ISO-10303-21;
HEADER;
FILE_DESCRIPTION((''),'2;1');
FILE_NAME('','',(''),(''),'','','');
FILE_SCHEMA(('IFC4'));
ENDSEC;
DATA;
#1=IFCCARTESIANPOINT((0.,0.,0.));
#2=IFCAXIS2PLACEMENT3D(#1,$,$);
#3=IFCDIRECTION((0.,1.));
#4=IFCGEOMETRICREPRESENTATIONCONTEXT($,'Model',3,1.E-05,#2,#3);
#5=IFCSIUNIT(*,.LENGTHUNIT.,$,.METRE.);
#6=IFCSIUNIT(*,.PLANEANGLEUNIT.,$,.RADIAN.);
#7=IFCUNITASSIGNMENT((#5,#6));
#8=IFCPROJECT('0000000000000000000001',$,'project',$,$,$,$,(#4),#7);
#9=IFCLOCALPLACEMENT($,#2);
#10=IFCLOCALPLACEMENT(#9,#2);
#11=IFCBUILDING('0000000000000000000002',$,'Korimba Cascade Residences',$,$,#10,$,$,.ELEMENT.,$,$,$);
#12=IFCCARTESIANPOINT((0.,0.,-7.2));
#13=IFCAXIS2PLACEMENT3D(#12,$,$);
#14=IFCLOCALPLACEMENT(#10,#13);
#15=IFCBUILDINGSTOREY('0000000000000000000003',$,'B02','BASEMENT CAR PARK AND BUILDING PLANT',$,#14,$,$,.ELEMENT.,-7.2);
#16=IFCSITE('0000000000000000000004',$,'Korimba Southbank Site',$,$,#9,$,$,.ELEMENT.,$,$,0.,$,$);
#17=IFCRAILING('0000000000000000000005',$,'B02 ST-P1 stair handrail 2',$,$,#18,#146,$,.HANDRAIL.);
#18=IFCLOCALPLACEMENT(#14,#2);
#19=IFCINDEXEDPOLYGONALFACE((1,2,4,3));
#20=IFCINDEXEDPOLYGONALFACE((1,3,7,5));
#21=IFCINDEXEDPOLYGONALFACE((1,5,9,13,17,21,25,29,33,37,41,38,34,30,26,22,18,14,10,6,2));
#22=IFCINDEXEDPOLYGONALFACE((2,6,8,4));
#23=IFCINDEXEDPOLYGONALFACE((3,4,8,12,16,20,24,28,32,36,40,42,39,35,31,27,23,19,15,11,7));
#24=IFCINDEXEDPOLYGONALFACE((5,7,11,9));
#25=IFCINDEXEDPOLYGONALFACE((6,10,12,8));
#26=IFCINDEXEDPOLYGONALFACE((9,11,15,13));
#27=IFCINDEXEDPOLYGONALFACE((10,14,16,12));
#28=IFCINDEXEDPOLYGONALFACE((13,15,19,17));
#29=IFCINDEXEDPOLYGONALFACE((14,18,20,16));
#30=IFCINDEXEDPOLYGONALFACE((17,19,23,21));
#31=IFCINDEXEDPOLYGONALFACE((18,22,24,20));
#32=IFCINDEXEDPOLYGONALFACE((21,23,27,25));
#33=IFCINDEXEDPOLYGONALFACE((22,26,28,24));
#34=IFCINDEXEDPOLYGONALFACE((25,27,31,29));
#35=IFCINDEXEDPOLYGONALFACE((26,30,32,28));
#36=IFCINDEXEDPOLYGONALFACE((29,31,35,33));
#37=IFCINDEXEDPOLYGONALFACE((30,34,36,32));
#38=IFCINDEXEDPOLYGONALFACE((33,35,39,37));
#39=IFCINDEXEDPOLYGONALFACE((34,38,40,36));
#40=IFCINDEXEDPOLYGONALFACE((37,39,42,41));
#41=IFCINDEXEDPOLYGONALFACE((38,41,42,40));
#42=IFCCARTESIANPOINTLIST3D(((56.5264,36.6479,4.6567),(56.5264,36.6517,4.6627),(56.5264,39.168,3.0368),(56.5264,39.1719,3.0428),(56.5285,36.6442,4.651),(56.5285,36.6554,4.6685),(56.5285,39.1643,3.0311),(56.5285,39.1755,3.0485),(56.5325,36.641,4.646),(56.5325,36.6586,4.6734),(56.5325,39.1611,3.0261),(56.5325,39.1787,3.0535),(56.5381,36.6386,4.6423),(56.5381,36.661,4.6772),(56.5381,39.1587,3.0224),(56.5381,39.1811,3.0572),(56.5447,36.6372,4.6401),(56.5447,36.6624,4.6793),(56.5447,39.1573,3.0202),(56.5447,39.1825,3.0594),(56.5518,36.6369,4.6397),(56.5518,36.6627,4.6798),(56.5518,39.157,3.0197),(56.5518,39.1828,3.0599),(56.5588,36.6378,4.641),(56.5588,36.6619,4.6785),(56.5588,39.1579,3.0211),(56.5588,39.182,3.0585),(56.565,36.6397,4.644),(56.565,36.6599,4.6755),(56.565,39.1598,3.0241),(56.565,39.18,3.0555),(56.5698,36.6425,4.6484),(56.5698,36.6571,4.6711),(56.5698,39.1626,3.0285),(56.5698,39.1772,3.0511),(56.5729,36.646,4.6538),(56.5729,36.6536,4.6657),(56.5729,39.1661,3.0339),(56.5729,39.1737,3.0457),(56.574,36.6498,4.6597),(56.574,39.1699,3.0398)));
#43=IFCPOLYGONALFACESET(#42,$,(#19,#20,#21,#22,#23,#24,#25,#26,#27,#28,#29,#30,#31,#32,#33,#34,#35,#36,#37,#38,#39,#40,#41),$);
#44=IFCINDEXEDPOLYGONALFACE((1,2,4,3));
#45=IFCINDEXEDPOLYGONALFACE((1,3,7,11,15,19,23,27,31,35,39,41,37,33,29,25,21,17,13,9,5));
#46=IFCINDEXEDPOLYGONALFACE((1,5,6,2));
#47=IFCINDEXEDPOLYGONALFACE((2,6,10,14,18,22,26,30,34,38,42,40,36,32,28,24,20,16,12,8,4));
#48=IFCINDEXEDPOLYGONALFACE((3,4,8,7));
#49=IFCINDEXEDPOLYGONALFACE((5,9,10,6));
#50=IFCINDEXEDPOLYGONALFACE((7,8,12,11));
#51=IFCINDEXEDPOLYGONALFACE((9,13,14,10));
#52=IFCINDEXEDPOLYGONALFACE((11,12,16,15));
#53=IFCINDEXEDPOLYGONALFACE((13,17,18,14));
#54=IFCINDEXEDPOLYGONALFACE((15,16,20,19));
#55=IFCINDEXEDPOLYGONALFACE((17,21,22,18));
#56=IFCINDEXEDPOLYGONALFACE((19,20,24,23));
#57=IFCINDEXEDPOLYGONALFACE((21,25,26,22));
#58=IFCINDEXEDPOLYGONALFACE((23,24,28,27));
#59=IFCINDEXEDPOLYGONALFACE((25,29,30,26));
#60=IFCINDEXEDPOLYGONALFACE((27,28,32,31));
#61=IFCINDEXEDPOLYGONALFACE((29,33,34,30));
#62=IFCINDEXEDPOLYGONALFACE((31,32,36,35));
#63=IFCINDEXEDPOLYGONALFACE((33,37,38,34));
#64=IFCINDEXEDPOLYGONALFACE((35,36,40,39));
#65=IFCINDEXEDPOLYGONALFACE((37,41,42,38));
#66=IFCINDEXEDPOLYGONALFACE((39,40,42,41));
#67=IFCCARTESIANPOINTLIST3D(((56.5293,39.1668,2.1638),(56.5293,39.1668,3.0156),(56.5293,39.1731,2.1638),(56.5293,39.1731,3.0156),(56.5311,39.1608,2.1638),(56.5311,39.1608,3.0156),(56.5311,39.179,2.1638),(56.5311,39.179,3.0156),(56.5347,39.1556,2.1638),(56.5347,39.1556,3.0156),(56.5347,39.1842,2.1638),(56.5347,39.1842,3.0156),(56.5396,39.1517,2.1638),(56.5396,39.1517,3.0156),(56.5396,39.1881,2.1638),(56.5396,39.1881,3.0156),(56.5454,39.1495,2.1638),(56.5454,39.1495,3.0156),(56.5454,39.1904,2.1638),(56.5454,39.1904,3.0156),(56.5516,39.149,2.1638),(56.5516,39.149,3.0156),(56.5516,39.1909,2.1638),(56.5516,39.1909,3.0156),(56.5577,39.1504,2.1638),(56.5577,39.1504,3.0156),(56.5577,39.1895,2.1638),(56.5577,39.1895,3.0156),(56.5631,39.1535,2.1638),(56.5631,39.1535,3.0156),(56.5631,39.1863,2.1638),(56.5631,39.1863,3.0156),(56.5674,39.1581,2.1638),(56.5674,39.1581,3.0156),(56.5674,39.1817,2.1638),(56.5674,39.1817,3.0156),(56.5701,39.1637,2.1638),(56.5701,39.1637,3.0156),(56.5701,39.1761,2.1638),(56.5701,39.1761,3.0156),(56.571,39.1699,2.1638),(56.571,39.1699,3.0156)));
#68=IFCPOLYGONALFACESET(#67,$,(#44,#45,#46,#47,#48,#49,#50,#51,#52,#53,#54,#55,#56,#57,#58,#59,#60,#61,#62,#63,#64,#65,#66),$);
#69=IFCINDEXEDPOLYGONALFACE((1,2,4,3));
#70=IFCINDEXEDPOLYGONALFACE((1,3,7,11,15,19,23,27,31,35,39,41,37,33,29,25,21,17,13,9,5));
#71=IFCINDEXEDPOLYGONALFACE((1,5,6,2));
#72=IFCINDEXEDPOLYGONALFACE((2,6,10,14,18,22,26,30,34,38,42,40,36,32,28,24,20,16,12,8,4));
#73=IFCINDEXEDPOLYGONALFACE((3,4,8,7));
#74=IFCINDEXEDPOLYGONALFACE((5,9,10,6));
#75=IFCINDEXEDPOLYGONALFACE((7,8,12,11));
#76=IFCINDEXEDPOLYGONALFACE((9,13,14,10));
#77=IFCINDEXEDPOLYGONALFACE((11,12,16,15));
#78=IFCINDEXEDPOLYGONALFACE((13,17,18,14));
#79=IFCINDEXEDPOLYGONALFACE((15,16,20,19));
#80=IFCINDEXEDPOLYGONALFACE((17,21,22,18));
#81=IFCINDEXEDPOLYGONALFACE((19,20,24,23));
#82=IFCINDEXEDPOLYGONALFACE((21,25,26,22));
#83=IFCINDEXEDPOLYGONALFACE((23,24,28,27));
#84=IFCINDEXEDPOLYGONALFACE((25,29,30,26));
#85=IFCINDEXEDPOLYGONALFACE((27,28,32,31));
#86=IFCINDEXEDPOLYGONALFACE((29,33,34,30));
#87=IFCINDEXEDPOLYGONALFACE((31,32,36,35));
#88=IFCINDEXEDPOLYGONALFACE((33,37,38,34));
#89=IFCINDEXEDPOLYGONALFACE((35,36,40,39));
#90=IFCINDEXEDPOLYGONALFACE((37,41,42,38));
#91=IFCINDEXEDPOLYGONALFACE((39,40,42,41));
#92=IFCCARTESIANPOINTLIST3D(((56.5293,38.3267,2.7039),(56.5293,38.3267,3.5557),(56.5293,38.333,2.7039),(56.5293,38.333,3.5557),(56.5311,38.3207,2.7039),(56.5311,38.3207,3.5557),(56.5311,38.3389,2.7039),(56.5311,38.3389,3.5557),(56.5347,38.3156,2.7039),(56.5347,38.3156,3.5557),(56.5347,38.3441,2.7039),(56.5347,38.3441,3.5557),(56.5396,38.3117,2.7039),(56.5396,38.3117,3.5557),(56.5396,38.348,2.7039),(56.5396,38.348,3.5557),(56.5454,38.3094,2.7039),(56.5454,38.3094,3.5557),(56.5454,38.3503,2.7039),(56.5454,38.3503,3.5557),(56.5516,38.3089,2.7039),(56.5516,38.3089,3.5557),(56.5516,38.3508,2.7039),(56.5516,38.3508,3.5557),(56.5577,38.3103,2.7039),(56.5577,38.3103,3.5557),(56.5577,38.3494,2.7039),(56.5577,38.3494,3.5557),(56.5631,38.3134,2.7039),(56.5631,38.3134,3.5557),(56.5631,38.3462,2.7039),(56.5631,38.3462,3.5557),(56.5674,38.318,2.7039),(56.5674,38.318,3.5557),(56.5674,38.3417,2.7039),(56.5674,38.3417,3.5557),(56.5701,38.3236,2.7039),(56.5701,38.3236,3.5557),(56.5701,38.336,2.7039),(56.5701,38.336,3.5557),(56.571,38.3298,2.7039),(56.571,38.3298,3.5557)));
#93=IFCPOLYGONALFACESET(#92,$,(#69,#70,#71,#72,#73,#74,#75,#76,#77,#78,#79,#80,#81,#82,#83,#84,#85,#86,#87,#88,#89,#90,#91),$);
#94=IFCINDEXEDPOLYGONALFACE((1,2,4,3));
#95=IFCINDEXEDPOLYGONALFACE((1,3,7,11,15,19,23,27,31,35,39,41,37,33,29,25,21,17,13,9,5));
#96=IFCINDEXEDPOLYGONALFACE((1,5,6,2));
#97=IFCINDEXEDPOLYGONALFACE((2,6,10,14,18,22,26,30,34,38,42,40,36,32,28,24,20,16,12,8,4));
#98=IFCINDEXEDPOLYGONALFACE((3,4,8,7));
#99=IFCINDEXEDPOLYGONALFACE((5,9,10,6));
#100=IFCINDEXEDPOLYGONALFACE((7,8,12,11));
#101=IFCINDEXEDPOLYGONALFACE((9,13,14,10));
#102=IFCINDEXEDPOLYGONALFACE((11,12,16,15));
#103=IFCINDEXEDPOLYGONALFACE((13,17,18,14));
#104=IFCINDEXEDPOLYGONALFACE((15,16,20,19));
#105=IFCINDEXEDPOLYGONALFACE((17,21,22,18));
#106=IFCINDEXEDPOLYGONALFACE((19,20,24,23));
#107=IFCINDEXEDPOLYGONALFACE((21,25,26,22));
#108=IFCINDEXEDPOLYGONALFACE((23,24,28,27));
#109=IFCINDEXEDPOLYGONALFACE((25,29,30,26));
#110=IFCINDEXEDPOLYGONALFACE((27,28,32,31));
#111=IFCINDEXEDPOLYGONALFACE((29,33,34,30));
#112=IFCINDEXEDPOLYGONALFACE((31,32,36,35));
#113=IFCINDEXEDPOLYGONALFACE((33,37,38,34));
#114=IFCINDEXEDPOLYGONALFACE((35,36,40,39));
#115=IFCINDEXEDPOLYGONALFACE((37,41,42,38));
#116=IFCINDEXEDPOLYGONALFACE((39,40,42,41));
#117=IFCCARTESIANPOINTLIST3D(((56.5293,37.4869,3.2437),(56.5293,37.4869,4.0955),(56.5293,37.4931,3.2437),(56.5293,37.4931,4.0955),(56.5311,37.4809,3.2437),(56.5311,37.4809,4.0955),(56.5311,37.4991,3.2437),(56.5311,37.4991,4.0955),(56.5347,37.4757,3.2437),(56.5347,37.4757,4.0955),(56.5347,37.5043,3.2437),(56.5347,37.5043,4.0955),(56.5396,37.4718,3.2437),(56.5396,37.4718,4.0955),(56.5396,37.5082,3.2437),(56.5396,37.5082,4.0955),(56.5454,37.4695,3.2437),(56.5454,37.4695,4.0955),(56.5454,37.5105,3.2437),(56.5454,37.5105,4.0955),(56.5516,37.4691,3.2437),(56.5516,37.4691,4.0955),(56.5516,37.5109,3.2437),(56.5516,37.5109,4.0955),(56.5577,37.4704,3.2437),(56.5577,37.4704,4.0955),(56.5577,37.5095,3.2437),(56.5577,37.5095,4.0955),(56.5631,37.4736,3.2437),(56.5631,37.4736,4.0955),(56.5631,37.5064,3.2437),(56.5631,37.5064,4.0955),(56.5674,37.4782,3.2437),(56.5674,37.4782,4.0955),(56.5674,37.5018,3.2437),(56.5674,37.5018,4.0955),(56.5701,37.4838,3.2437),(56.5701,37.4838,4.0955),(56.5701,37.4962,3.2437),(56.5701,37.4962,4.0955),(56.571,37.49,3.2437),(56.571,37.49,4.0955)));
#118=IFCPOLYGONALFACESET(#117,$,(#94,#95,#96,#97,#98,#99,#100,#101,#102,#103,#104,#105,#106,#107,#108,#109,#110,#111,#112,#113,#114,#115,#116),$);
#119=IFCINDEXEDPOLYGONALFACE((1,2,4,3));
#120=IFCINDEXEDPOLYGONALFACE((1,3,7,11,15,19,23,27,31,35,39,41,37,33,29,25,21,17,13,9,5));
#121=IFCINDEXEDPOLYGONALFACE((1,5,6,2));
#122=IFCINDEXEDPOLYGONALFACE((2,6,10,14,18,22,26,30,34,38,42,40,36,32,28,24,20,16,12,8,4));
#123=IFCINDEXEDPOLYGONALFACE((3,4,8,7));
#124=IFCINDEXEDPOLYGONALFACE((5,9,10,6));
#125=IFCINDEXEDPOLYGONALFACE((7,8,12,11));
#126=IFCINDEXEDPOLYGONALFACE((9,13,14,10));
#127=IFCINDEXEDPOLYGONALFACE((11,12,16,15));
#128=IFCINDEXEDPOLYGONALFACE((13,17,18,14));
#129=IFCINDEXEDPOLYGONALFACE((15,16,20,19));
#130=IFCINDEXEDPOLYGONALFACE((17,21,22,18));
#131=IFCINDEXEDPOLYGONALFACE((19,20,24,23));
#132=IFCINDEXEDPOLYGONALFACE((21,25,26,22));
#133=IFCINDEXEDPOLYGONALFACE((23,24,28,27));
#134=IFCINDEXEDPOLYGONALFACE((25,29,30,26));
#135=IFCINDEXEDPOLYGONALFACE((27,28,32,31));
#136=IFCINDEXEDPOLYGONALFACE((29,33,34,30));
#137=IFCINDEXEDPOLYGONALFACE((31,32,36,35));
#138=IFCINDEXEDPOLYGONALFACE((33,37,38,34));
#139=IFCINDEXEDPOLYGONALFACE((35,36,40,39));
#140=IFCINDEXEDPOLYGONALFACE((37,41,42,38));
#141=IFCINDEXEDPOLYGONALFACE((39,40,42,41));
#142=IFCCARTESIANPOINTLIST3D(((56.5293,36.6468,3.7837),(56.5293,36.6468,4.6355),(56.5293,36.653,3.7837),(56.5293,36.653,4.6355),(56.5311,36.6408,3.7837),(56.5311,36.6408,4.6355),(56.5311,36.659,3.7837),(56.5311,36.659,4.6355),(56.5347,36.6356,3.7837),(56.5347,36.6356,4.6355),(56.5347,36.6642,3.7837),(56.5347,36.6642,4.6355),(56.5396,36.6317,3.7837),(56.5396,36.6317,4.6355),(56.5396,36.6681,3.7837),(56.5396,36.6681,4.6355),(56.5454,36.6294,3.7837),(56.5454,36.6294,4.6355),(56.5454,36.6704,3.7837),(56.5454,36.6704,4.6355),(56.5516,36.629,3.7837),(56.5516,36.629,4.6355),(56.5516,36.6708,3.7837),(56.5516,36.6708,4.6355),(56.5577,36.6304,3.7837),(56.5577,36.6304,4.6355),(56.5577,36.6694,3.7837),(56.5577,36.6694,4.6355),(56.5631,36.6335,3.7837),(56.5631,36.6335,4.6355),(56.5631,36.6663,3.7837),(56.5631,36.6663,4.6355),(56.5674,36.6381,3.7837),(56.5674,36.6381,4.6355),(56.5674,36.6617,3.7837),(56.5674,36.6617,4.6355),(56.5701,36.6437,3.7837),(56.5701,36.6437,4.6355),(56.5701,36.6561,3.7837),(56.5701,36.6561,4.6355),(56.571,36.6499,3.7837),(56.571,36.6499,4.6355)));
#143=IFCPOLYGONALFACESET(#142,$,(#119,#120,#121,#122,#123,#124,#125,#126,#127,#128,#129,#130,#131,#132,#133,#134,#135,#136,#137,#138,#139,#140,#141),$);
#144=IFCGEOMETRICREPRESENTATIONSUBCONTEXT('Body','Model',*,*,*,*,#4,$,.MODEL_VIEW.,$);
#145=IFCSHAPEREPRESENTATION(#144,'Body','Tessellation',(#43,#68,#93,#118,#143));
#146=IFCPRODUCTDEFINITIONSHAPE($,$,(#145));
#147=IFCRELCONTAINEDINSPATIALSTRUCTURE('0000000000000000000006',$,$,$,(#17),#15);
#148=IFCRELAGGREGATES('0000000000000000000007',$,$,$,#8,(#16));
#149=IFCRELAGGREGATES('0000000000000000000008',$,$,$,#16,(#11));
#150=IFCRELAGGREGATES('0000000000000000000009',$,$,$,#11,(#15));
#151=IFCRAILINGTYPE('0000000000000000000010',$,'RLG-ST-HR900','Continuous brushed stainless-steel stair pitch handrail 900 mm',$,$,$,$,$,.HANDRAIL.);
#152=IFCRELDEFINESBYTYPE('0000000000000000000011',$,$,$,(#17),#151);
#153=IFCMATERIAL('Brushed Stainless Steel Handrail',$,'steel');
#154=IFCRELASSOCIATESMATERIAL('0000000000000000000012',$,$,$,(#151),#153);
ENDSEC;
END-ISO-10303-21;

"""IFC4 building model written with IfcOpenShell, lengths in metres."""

from ifc_helpers import new_model, si_unit, direction, frame, origin, origin_2d, place, context, subcontext, project, spatial, circle, extrude, material, type_object, element, save


model = new_model("IFC4")

# Units and contexts
model_context = context("Model", 3, precision=1e-05, world=origin(), true_north=direction((0.0, 1.0)))
body_context = subcontext(model_context, "Body", "Model", "MODEL_VIEW")
ifc_project = project(units=[si_unit("LENGTHUNIT", "METRE"), si_unit("PLANEANGLEUNIT", "RADIAN")], contexts=[model_context])

# Site, building, storey
site_placement = place(None, origin())
site = spatial("IfcSite", under=ifc_project, at=site_placement, Name="Korimba Southbank Site", CompositionType="ELEMENT", RefElevation=0.0)
building_placement = place(site_placement, origin())
building = spatial("IfcBuilding", under=site, at=building_placement, Name="Korimba Cascade Residences", CompositionType="ELEMENT")
storey_placement = place(building_placement, frame((0.0, 0.0, -7.2)))
storey = spatial("IfcBuildingStorey", under=building, at=storey_placement, Name="B02", Description="BASEMENT CAR PARK AND BUILDING PLANT", CompositionType="ELEMENT", Elevation=-7.2)

# Railing
ifc_material_1 = material(Name="Brushed Stainless Steel Handrail", Category="steel")
railing_type_1 = type_object("IfcRailingType", Name="RLG-ST-HR900", Description="Continuous brushed stainless-steel stair pitch handrail 900 mm", PredefinedType="HANDRAIL", material=ifc_material_1)
for number, where, name in (
    (1, (56.55, 39.1699, 2.1638), "B02 ST-P1 stair handrail 2"),
):
    element("IfcRailing", number, at=place(storey_placement, frame(where)), inside=storey, type_object=railing_type_1, Name=name, PredefinedType="HANDRAIL", context=body_context, shape_type="SweptSolid", body=[
        extrude(circle(Radius=0.0239, at=origin_2d()), frame((0.0, 0.0, 0.876), z_axis=(0.0, -0.8412, 0.540725), x_axis=(1.0, 0.0, 0.0)), (0.0, 0.0, 1.0), 2.9958),
        extrude(circle(Radius=0.021, at=origin_2d()), origin(), (0.0, 0.0, 1.0), 0.8518),
        extrude(circle(Radius=0.021, at=origin_2d()), frame((0.0, -0.8401, 0.54)), (0.0, 0.0, 1.0), 0.8518),
        extrude(circle(Radius=0.021, at=origin_2d()), frame((0.0, -1.6799, 1.0798)), (0.0, 0.0, 1.0), 0.8518),
        extrude(circle(Radius=0.021, at=origin_2d()), frame((0.0, -2.52, 1.6199)), (0.0, 0.0, 1.0), 0.8518),
    ])

save(model, "model.ifc")
